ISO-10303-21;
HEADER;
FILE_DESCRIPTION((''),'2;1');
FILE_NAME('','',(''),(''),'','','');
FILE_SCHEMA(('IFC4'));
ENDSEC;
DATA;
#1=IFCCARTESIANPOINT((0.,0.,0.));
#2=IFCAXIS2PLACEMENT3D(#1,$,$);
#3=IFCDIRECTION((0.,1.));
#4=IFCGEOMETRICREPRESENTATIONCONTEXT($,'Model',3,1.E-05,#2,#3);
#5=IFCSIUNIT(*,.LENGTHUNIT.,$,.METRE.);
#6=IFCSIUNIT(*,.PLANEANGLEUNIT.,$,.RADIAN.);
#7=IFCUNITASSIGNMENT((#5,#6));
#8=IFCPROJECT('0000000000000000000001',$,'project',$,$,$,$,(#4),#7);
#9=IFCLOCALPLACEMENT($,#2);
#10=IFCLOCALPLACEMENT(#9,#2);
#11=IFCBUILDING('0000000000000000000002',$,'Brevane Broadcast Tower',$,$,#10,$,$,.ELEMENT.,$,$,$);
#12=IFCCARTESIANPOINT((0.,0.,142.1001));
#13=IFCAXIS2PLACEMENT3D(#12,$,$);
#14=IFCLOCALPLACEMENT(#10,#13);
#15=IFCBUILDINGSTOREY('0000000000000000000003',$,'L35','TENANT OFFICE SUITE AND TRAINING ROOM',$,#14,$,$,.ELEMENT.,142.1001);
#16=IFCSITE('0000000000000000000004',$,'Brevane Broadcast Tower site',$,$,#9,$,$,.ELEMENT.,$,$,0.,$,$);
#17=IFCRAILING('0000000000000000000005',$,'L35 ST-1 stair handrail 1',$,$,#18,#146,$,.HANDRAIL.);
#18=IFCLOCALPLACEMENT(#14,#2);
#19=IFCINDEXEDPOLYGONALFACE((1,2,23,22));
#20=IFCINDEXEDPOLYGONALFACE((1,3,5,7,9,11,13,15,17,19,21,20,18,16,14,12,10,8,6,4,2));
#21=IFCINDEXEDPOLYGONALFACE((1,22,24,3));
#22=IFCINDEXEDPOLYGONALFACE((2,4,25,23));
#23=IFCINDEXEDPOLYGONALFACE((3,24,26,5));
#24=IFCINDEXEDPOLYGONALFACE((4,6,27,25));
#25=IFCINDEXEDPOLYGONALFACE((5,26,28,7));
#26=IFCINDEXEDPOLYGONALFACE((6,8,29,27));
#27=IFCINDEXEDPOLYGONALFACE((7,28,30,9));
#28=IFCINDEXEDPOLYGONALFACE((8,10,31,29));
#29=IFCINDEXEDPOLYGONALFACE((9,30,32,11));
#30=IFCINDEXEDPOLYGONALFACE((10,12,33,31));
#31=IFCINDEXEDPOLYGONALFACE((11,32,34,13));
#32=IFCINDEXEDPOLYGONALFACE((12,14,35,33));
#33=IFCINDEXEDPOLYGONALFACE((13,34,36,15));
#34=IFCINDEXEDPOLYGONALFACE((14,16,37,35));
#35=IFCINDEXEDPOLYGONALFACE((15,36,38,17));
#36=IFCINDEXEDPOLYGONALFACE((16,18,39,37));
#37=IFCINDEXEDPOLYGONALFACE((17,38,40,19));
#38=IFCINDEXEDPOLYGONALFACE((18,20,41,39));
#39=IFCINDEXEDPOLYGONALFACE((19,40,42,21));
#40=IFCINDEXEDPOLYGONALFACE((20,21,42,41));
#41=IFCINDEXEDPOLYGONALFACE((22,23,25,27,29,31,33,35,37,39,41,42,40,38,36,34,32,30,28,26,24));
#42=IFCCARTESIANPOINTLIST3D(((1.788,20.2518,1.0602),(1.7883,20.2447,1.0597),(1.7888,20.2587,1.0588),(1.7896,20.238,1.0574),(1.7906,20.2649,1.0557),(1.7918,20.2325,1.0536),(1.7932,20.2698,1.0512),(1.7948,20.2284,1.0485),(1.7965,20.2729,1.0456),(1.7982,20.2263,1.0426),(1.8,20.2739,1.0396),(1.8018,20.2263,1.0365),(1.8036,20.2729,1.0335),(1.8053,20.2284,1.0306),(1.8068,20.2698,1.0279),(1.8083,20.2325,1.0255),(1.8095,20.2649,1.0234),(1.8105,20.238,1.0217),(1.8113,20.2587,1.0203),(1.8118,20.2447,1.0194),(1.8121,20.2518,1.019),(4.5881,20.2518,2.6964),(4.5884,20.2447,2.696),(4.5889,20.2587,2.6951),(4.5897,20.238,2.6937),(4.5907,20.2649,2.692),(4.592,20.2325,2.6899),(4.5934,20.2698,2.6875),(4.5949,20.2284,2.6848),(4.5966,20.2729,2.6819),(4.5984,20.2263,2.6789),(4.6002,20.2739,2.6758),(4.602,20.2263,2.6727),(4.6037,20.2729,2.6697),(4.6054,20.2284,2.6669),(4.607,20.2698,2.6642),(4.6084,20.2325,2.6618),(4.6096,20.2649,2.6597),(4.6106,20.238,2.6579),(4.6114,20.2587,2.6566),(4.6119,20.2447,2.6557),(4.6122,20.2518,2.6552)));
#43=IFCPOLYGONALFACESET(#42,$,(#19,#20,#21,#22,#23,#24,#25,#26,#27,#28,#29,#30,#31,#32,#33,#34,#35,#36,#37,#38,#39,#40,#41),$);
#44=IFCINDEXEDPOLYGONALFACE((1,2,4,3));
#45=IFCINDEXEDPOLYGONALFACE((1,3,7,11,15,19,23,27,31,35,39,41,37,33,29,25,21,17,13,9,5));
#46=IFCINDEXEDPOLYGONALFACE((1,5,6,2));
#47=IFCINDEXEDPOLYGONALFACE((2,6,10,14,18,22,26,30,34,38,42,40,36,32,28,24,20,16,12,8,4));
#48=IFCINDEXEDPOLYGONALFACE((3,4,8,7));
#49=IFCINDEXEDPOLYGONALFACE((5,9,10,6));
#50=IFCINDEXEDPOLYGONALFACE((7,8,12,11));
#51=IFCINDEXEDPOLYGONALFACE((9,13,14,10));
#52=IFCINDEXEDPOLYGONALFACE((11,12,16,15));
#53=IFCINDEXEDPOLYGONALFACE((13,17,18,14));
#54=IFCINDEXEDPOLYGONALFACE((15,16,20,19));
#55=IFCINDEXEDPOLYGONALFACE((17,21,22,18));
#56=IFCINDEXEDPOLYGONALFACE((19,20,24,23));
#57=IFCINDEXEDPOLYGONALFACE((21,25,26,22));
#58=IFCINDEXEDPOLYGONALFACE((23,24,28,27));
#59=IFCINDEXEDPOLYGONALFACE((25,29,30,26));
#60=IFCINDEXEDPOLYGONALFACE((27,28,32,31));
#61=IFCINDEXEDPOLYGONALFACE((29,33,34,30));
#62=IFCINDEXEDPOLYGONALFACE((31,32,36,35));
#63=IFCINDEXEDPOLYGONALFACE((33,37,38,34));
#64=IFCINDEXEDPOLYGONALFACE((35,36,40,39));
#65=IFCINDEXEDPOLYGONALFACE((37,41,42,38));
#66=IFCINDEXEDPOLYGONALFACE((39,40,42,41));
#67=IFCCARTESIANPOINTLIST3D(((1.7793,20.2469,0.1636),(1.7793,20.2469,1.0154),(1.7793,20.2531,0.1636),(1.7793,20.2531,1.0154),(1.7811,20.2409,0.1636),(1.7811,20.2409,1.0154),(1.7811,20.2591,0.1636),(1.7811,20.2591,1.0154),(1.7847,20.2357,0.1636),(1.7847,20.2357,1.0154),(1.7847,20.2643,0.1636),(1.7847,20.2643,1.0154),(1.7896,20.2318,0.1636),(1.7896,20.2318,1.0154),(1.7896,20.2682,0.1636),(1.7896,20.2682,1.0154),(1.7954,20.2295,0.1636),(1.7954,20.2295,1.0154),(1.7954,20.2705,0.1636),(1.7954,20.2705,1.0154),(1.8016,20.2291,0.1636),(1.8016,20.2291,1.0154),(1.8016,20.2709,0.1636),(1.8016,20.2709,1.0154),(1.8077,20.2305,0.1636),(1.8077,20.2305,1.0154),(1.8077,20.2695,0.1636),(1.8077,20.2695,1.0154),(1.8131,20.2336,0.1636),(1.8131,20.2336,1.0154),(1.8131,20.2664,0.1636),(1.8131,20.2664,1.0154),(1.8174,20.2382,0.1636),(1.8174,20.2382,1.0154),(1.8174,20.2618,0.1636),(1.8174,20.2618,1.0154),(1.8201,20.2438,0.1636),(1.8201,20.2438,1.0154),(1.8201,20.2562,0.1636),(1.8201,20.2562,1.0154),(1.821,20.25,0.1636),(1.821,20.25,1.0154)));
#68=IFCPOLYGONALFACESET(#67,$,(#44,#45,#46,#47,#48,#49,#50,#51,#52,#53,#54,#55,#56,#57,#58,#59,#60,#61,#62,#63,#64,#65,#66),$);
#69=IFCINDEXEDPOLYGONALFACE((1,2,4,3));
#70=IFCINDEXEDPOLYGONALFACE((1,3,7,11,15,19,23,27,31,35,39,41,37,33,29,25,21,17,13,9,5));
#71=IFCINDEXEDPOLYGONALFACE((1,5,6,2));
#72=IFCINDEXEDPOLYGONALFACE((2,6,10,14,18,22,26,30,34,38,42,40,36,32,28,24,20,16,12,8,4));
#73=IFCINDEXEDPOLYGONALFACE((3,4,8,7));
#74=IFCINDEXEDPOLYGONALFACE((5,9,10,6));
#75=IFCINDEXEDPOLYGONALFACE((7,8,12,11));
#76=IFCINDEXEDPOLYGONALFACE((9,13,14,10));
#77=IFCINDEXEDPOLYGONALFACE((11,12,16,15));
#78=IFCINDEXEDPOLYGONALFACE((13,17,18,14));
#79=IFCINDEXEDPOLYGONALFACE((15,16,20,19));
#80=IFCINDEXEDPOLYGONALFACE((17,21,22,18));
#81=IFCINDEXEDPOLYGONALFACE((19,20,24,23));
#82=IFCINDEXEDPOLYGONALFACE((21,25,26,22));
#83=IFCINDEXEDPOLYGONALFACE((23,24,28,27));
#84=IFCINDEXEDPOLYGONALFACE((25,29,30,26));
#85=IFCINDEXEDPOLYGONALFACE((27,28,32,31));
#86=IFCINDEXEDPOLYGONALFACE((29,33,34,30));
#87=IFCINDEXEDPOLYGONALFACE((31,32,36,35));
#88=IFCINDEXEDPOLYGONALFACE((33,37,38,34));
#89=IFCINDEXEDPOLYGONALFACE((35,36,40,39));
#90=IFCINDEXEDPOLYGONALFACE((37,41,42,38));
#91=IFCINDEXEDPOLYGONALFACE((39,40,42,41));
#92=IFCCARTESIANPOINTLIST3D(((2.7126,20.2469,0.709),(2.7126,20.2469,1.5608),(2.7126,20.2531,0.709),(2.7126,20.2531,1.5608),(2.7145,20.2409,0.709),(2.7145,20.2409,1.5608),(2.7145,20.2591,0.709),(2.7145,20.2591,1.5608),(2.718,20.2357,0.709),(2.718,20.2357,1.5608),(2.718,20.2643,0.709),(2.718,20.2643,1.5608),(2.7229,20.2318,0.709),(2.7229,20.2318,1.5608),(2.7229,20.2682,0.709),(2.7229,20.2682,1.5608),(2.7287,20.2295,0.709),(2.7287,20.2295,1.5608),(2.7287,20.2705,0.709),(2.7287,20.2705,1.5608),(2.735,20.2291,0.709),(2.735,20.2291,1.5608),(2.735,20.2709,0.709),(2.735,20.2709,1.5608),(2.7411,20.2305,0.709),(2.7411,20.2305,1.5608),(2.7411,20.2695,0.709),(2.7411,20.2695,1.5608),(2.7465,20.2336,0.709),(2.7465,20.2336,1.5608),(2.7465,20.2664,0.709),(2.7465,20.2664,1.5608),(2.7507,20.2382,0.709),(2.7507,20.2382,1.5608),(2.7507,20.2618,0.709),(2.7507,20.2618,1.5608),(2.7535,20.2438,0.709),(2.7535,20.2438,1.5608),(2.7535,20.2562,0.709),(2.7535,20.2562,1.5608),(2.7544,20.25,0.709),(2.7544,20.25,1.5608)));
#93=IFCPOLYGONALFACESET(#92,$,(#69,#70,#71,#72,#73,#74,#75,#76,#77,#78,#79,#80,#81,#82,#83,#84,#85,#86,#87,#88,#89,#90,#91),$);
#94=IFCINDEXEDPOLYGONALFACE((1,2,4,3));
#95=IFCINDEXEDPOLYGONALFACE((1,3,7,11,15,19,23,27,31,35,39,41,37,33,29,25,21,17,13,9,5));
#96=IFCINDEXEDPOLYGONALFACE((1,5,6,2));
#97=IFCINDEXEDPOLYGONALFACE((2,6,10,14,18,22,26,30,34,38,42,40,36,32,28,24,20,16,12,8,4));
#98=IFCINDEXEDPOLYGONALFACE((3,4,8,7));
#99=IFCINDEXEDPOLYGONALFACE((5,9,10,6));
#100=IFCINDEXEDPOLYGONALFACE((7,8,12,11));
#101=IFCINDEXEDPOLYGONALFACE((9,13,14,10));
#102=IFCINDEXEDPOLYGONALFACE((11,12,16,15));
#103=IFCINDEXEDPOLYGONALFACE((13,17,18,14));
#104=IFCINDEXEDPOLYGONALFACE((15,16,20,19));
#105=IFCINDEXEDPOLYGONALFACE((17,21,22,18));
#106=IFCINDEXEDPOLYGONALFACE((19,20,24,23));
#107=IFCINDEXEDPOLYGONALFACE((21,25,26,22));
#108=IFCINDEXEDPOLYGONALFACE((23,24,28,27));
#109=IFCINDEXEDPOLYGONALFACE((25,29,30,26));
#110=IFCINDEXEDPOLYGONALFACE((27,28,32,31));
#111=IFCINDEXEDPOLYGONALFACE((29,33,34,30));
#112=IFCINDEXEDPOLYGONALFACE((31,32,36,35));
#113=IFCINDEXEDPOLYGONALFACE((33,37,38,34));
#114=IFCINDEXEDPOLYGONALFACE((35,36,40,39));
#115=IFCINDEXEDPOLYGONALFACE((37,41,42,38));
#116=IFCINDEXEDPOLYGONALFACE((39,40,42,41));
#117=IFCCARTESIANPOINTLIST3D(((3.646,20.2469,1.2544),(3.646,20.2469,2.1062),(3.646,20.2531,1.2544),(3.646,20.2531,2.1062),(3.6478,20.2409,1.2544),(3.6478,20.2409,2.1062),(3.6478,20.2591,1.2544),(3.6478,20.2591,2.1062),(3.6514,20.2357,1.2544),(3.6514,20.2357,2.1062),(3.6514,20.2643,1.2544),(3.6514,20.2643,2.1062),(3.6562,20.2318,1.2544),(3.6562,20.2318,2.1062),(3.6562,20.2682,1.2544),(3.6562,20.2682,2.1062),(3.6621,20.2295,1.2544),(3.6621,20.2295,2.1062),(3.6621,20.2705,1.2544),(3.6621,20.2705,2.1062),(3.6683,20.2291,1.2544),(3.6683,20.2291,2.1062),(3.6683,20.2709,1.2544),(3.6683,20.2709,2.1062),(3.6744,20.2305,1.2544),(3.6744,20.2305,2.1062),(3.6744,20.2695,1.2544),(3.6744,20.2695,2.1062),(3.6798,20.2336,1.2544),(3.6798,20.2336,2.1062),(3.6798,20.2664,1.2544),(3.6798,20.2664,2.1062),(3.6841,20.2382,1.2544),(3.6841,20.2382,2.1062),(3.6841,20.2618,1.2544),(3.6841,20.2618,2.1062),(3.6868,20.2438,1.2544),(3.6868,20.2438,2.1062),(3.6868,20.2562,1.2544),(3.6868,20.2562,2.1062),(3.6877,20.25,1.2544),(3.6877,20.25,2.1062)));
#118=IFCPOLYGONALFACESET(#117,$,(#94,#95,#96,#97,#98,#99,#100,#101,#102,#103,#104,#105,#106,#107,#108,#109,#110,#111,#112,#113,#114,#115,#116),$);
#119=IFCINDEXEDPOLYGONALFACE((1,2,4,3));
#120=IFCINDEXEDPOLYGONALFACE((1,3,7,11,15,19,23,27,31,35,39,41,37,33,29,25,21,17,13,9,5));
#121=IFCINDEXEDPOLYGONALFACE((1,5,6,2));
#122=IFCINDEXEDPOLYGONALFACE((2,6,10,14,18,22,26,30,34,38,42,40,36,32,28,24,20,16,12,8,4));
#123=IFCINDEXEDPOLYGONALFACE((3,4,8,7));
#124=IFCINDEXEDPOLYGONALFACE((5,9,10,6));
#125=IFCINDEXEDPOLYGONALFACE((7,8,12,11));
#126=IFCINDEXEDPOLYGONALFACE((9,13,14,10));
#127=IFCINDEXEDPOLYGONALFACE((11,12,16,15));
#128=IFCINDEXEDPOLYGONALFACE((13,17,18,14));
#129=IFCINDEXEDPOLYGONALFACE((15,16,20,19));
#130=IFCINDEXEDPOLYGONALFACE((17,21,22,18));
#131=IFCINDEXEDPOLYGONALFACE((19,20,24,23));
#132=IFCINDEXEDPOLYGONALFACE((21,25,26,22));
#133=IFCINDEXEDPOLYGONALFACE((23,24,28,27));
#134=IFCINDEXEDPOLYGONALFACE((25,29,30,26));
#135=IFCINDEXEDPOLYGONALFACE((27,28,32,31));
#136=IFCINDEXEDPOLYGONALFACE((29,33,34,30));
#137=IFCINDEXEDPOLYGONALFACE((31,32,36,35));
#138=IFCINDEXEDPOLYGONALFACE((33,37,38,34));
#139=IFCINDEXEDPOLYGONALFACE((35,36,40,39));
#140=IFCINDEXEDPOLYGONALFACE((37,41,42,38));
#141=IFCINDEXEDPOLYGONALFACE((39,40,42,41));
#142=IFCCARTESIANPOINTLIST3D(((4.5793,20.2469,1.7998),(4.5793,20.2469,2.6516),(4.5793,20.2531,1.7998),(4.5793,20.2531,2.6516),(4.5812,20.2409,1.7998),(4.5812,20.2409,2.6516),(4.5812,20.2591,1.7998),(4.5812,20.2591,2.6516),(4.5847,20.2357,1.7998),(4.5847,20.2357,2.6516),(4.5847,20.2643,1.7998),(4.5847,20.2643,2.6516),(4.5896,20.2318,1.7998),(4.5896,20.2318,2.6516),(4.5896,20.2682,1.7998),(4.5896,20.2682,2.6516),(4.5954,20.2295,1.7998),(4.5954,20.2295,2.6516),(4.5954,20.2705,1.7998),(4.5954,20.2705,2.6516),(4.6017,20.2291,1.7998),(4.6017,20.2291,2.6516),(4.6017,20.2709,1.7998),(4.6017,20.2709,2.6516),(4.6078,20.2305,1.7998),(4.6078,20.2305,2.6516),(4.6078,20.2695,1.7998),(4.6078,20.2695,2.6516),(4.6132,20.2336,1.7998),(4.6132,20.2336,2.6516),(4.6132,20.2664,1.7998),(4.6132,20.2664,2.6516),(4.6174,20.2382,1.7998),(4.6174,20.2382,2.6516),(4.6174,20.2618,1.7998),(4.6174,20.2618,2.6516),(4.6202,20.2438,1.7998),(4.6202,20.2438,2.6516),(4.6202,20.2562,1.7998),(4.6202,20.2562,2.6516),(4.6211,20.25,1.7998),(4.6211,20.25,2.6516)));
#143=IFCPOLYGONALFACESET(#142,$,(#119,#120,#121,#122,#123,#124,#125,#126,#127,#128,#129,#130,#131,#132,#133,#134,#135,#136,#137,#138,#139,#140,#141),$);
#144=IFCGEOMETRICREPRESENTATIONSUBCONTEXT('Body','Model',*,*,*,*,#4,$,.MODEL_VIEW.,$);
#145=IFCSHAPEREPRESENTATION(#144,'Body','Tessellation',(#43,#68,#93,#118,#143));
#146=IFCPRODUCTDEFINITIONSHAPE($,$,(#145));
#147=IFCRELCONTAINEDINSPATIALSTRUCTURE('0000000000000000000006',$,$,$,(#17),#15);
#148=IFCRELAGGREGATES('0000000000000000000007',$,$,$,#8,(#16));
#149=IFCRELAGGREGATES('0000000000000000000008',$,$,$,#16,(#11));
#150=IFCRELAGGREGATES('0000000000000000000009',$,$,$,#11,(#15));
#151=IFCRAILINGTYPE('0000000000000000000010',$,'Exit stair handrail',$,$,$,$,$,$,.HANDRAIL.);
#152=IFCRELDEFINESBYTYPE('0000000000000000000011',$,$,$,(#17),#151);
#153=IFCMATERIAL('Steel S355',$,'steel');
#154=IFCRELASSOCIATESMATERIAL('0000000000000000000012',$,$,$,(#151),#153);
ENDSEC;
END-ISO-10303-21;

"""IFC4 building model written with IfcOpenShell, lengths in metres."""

from ifc_helpers import new_model, si_unit, direction, frame, origin, origin_2d, place, context, subcontext, project, spatial, circle, extrude, material, type_object, element, save


model = new_model("IFC4")

# Units and contexts
model_context = context("Model", 3, precision=1e-05, world=origin(), true_north=direction((0.0, 1.0)))
body_context = subcontext(model_context, "Body", "Model", "MODEL_VIEW")
ifc_project = project(units=[si_unit("LENGTHUNIT", "METRE"), si_unit("PLANEANGLEUNIT", "RADIAN")], contexts=[model_context])

# Site, building, storey
site_placement = place(None, origin())
site = spatial("IfcSite", under=ifc_project, at=site_placement, Name="Brevane Broadcast Tower site", CompositionType="ELEMENT", RefElevation=0.0)
building_placement = place(site_placement, origin())
building = spatial("IfcBuilding", under=site, at=building_placement, Name="Brevane Broadcast Tower", CompositionType="ELEMENT")
storey_placement = place(building_placement, frame((0.0, 0.0, 142.1001)))
storey = spatial("IfcBuildingStorey", under=building, at=storey_placement, Name="L35", Description="TENANT OFFICE SUITE AND TRAINING ROOM", CompositionType="ELEMENT", Elevation=142.1001)

# Railing
ifc_material_1 = material(Name="Steel S355", Category="steel")
railing_type_1 = type_object("IfcRailingType", Name="Exit stair handrail", PredefinedType="HANDRAIL", material=ifc_material_1)
railing_1_placement = place(storey_placement, frame((1.8, 20.25, 0.1636)))
element("IfcRailing", 1, at=railing_1_placement, inside=storey, type_object=railing_type_1, Name="L35 ST-1 stair handrail 1", PredefinedType="HANDRAIL", context=body_context, shape_type="SweptSolid", body=[
    extrude(circle(Radius=0.0239, at=origin_2d()), frame((0.0, 0.0, 0.876), z_axis=(0.863394, 0.0, 0.504531), x_axis=(0.0, 1.0, 0.0)), (0.0, 0.0, 1.0), 3.2432),
    extrude(circle(Radius=0.021, at=origin_2d()), origin(), (0.0, 0.0, 1.0), 0.8518),
    extrude(circle(Radius=0.021, at=origin_2d()), frame((0.9333, 0.0, 0.5454)), (0.0, 0.0, 1.0), 0.8518),
    extrude(circle(Radius=0.021, at=origin_2d()), frame((1.8667, 0.0, 1.0908)), (0.0, 0.0, 1.0), 0.8518),
    extrude(circle(Radius=0.021, at=origin_2d()), frame((2.8, 0.0, 1.6362)), (0.0, 0.0, 1.0), 0.8518),
])

save(model, "model.ifc")
